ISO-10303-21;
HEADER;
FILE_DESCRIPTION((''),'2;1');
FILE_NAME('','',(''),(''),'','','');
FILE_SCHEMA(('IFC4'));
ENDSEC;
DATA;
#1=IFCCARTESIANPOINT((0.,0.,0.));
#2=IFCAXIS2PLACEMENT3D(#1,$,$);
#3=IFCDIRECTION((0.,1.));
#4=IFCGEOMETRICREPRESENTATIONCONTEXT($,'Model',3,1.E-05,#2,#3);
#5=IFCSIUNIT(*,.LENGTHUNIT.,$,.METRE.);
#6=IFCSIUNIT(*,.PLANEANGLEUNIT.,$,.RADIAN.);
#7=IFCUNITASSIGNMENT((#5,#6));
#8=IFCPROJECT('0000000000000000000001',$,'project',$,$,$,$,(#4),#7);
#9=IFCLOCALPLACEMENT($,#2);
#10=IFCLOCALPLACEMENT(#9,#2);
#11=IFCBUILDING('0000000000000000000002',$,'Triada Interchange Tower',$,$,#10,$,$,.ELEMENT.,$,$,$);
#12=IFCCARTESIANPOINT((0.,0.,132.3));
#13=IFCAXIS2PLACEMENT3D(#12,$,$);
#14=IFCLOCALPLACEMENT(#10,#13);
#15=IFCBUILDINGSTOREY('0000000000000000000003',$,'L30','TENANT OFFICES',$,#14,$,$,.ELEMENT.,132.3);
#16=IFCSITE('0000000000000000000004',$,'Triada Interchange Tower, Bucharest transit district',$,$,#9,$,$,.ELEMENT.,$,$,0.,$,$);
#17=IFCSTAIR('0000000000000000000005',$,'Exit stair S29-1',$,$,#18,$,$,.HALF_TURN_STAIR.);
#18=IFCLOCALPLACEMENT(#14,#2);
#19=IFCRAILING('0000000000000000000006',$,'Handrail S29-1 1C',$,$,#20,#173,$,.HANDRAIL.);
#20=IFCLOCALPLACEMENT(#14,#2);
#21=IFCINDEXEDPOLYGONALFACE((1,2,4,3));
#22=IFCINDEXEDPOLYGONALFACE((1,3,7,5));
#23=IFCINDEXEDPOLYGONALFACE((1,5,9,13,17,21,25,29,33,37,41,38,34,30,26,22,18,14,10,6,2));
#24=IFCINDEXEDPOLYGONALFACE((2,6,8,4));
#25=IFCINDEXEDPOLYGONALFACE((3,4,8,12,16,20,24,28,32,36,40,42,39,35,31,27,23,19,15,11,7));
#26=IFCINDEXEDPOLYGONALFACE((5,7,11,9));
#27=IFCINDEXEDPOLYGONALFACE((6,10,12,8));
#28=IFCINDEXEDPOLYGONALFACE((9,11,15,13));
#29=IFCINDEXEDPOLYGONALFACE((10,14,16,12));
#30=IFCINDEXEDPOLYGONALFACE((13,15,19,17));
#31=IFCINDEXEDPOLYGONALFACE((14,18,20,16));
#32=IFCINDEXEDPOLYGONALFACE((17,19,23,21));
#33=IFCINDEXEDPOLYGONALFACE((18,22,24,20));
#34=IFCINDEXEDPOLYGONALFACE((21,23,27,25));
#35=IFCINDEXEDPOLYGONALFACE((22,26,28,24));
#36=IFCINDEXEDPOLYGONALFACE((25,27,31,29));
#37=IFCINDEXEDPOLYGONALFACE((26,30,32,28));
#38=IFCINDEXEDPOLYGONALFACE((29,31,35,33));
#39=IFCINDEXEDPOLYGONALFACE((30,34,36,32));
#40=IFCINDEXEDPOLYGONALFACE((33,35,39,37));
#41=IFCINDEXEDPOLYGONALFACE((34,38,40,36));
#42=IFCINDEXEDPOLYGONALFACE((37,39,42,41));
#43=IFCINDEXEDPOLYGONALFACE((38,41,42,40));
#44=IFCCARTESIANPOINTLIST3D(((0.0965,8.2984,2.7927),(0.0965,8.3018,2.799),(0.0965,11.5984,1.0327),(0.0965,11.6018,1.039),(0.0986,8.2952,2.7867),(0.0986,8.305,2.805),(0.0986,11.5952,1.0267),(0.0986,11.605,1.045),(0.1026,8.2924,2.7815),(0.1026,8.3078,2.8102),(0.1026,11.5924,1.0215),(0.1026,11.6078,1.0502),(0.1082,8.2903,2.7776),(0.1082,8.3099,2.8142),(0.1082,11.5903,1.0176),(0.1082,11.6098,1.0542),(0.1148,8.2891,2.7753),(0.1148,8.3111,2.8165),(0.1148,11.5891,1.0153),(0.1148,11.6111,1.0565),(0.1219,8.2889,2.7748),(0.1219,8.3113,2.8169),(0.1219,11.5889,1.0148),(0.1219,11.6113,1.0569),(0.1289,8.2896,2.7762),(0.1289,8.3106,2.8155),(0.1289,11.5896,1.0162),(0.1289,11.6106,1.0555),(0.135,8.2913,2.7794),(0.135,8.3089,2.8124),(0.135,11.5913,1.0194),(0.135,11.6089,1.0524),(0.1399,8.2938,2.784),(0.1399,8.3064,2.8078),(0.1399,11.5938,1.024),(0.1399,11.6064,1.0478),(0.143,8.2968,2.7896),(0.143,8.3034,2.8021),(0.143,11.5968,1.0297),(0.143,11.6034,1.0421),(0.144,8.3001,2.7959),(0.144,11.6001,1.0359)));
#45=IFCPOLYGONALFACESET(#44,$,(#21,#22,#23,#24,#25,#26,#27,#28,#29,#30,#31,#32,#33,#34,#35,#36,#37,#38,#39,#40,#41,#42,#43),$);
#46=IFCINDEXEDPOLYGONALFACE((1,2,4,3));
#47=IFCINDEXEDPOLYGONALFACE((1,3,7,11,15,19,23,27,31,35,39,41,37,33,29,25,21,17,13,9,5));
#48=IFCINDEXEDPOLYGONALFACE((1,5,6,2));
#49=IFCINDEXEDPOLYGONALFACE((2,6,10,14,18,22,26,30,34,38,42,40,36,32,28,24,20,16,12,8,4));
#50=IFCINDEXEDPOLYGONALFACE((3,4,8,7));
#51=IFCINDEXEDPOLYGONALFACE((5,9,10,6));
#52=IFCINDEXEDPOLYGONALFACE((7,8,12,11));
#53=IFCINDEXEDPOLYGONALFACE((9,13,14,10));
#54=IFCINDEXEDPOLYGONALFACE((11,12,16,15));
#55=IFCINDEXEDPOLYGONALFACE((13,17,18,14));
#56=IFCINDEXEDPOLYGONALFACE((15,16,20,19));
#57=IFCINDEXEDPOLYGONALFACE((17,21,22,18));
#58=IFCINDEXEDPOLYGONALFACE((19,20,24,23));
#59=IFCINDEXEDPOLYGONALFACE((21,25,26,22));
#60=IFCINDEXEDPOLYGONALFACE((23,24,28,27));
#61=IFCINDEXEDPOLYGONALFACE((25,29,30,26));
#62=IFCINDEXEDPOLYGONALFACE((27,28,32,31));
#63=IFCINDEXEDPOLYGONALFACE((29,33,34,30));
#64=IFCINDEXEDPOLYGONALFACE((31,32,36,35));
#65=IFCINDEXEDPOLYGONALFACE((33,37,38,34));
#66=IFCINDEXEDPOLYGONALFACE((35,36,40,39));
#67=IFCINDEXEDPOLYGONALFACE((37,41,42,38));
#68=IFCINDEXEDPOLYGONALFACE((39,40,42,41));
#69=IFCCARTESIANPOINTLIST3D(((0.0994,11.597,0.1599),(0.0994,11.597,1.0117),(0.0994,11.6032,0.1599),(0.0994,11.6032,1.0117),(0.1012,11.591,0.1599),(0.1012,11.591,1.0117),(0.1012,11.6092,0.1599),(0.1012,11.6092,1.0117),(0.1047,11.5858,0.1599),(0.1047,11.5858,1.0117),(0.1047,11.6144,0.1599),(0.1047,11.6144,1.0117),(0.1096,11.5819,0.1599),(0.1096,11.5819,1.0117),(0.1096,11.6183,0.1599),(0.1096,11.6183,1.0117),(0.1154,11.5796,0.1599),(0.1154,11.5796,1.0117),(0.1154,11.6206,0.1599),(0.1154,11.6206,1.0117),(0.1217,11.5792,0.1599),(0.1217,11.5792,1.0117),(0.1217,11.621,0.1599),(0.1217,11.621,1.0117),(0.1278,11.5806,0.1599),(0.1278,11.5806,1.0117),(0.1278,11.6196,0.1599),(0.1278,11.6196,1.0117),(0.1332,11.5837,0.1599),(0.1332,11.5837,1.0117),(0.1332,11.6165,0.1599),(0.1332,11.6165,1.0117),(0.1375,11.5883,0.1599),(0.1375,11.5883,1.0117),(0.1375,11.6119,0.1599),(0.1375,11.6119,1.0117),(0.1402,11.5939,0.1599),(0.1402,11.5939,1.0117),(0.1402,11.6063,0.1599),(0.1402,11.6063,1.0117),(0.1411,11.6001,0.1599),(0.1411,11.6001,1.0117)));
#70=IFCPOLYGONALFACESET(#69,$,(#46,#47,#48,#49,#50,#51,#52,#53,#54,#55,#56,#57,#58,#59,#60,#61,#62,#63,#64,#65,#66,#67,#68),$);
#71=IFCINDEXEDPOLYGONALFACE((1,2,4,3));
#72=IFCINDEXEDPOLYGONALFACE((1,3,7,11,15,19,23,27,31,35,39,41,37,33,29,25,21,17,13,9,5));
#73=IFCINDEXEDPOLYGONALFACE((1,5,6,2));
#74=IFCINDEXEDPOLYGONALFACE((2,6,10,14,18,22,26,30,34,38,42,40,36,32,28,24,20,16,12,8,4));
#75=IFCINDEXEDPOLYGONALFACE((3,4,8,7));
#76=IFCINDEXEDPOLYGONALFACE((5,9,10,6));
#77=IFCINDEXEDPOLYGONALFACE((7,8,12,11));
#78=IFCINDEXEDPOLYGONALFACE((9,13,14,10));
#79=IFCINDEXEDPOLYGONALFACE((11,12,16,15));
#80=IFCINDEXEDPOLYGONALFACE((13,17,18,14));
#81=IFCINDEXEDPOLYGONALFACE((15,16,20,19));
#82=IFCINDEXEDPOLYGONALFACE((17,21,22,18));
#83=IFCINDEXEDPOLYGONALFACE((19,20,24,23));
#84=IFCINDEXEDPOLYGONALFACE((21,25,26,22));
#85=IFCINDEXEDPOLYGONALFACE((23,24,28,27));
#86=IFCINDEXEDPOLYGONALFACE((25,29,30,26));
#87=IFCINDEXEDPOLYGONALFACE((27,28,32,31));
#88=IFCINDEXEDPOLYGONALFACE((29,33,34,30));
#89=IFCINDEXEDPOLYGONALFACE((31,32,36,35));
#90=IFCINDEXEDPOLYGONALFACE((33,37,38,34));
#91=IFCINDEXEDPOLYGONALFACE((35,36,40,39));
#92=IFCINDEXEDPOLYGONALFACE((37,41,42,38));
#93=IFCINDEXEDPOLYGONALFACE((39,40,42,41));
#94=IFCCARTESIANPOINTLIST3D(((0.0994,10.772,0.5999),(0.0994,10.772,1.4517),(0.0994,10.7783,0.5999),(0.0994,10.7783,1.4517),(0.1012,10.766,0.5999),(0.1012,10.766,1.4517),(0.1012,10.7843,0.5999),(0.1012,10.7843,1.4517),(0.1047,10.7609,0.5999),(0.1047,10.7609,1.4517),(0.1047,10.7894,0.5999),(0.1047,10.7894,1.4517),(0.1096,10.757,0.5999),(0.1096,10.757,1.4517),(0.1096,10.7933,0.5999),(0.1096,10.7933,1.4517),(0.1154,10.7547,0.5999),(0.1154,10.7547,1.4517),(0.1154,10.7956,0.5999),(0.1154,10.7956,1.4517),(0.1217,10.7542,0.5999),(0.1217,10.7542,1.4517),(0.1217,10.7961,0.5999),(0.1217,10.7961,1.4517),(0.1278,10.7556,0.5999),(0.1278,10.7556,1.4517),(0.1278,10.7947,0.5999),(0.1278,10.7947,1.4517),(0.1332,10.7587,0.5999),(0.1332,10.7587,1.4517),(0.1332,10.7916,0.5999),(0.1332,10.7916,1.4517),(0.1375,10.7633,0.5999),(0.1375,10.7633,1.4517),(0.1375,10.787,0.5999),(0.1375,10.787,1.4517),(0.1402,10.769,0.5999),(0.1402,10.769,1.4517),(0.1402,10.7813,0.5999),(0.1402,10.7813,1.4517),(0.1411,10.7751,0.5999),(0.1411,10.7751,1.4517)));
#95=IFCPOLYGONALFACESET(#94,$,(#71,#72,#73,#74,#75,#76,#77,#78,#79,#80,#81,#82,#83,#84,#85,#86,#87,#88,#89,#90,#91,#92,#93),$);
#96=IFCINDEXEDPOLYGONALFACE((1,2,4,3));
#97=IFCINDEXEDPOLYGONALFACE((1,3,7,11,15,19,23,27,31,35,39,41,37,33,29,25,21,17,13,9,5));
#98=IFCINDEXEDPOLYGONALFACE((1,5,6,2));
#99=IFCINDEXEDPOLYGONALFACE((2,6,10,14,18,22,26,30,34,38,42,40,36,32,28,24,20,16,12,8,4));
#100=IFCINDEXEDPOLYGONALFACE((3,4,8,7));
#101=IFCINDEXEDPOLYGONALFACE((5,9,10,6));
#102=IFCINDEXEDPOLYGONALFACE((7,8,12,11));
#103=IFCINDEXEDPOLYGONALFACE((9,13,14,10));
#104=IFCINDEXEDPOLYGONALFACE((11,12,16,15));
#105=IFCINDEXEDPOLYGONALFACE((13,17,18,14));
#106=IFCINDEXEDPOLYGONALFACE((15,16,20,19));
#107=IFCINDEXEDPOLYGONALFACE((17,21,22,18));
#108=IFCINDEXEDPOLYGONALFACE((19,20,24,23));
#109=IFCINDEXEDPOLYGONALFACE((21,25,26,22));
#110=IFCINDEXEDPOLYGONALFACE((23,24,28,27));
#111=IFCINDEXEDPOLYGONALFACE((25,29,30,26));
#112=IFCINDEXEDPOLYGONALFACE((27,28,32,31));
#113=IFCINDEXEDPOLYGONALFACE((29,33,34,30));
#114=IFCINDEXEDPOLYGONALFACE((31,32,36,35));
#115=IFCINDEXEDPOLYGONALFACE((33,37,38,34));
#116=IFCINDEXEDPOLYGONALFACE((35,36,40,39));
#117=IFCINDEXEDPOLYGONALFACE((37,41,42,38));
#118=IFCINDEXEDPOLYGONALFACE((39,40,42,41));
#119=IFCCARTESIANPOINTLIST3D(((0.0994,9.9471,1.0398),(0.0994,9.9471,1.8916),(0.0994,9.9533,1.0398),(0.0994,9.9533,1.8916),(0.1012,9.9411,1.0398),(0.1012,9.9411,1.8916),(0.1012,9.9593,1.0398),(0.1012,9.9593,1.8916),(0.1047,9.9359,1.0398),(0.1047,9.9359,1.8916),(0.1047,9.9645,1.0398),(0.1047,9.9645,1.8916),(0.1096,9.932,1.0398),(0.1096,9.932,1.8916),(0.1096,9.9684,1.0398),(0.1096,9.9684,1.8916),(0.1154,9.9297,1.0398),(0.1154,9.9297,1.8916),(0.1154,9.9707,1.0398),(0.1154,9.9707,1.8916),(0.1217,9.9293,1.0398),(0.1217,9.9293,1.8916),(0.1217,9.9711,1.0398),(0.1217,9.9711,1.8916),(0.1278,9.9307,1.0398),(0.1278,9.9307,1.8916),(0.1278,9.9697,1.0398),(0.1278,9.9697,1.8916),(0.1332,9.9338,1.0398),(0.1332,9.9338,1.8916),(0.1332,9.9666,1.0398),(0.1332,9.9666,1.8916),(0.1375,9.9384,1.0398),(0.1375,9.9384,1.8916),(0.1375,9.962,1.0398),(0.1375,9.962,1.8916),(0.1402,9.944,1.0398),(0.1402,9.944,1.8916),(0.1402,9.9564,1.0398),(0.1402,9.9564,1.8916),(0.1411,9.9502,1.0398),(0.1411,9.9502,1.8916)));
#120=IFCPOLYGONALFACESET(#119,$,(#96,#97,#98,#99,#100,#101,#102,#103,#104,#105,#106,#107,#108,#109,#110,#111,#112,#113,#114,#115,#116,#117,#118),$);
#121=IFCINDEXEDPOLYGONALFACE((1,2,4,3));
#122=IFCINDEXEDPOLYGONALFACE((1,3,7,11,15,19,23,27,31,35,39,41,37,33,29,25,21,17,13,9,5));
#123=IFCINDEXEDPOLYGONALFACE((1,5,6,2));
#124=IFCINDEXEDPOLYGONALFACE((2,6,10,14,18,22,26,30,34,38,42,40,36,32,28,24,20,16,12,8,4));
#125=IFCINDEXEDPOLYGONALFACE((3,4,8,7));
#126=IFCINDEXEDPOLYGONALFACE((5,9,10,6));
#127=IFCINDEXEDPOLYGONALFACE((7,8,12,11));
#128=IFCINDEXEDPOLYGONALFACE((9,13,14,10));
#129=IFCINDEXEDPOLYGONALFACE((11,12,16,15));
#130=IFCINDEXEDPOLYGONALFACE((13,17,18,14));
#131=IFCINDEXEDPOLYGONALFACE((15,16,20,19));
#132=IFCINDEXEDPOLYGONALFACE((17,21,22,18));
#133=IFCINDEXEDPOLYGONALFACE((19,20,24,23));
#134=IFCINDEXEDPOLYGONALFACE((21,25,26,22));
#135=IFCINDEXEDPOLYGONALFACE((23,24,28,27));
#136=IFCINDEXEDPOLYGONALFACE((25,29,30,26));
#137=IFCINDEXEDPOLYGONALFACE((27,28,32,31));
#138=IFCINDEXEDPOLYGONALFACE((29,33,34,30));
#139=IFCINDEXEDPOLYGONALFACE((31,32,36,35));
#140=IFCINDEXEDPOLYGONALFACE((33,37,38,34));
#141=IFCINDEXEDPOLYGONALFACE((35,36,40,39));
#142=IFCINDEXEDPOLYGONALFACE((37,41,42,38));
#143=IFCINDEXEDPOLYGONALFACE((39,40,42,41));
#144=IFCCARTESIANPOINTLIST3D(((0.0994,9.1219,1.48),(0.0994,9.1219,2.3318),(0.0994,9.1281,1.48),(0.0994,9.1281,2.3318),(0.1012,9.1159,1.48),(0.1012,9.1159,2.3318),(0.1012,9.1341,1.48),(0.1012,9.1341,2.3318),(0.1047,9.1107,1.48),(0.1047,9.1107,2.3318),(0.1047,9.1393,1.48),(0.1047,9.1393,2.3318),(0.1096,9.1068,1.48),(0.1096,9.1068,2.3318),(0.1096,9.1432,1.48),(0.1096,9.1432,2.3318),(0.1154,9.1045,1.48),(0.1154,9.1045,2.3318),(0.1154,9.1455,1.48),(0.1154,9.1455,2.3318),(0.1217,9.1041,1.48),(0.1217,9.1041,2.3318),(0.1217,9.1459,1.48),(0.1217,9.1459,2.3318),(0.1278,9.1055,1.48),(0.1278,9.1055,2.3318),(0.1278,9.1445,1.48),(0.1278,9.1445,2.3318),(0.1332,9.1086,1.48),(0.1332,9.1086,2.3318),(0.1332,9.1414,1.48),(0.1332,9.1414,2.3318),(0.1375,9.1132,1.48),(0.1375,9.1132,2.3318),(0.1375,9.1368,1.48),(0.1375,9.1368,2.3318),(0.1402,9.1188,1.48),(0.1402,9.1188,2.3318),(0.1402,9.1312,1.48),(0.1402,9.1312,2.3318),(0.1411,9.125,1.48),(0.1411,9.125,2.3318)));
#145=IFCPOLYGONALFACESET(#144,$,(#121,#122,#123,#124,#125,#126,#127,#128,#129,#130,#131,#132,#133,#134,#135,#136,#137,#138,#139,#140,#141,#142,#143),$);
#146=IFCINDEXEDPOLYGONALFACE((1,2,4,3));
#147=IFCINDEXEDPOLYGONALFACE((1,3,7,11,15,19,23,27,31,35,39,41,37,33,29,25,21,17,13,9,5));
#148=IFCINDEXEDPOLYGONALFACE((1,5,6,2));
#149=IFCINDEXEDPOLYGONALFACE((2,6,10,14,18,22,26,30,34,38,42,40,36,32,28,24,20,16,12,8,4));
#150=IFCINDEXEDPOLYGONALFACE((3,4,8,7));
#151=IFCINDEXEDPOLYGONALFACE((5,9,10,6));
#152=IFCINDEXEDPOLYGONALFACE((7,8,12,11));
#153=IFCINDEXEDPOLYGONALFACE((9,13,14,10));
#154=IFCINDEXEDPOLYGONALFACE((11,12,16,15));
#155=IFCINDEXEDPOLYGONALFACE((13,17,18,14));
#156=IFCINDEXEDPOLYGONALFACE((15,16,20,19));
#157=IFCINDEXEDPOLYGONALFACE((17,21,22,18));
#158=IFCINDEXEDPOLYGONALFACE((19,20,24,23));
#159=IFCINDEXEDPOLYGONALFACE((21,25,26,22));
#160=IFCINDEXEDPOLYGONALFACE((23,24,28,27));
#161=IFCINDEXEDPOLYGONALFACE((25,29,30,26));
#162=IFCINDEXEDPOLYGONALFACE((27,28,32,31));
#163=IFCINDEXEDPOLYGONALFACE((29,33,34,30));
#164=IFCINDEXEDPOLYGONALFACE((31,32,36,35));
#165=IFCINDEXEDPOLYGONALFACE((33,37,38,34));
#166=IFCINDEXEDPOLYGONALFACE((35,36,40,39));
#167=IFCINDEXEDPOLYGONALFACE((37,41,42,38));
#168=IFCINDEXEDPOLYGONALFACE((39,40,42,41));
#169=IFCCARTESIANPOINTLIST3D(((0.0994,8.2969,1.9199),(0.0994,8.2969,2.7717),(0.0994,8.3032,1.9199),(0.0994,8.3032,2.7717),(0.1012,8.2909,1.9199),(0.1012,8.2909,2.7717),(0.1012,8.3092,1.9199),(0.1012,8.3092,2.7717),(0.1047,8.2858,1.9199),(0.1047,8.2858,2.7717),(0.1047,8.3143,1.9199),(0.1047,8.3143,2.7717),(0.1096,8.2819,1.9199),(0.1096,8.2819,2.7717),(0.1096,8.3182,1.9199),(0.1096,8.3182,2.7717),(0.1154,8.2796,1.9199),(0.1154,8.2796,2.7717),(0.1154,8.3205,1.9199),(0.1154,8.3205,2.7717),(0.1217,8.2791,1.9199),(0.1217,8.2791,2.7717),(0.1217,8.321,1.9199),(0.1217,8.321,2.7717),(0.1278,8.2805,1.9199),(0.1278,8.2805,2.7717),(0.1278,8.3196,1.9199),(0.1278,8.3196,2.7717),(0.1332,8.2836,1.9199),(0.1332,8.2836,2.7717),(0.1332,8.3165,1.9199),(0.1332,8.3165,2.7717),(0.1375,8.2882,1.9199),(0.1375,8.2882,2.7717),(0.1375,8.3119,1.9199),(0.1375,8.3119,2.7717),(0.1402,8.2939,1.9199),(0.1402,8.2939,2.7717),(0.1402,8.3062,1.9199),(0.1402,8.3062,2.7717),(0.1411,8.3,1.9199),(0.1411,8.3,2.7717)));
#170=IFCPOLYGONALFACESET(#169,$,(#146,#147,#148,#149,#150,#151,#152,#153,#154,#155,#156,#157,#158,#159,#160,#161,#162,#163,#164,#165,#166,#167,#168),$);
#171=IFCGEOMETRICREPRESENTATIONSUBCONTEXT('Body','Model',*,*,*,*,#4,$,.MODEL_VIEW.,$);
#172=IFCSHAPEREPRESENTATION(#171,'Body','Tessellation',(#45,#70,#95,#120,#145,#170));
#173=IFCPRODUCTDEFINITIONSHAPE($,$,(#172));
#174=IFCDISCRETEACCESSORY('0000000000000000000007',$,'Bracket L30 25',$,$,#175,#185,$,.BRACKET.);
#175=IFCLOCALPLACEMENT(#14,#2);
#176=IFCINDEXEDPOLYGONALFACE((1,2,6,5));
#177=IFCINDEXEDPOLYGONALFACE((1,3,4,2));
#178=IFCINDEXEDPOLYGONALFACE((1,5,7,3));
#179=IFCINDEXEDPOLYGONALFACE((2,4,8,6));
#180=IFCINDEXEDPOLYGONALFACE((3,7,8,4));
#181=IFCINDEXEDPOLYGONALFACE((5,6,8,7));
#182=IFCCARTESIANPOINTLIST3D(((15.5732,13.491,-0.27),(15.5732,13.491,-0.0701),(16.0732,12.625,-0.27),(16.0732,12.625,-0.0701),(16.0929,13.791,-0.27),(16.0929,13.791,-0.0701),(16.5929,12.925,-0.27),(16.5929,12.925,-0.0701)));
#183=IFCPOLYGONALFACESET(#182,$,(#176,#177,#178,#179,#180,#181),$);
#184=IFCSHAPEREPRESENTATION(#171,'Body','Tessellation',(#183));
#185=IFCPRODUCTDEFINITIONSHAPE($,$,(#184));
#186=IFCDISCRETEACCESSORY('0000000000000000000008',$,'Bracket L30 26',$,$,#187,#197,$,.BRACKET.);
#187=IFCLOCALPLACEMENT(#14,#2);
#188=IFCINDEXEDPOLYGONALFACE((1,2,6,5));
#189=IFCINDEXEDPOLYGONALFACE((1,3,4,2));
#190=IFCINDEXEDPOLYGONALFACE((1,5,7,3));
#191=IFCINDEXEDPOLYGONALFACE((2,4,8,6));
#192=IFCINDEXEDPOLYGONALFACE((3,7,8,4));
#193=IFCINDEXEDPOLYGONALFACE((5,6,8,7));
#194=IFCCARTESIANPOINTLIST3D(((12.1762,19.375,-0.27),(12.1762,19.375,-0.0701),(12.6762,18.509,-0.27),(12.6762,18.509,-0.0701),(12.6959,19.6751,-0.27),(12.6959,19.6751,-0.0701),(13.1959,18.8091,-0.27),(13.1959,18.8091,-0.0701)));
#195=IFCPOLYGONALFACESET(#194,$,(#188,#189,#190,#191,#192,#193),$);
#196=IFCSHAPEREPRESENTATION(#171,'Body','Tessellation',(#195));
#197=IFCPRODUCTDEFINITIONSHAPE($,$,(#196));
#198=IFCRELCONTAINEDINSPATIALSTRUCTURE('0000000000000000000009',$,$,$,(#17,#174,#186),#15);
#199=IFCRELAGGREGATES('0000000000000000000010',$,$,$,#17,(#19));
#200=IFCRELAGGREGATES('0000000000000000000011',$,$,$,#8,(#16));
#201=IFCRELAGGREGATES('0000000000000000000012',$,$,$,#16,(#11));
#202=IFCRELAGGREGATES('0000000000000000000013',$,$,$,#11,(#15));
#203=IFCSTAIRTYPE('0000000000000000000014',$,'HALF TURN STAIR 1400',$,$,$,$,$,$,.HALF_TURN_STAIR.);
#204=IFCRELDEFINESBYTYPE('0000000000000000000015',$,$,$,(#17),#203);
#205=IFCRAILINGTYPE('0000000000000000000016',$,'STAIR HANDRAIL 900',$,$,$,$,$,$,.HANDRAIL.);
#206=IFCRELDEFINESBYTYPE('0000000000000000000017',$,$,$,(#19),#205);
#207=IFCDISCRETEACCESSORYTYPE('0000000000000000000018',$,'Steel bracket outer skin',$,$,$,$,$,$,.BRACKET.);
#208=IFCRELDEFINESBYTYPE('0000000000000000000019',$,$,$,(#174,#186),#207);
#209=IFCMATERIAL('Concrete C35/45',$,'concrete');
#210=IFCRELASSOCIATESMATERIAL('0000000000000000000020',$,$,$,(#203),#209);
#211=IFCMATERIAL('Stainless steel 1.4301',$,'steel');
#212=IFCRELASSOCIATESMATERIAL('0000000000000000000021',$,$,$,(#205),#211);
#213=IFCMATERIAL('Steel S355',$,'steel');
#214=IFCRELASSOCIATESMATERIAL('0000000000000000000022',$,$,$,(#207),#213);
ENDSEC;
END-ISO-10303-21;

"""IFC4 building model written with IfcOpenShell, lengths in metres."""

from ifc_helpers import new_model, si_unit, direction, frame, origin, origin_2d, place, context, subcontext, project, spatial, rectangle, circle, extrude, material, type_object, element, aggregate, save


model = new_model("IFC4")

# Units and contexts
model_context = context("Model", 3, precision=1e-05, world=origin(), true_north=direction((0.0, 1.0)))
body_context = subcontext(model_context, "Body", "Model", "MODEL_VIEW")
ifc_project = project(units=[si_unit("LENGTHUNIT", "METRE"), si_unit("PLANEANGLEUNIT", "RADIAN")], contexts=[model_context])

# Site, building, storey
site_placement = place(None, origin())
site = spatial("IfcSite", under=ifc_project, at=site_placement, Name="Triada Interchange Tower, Bucharest transit district", CompositionType="ELEMENT", RefElevation=0.0)
building_placement = place(site_placement, origin())
building = spatial("IfcBuilding", under=site, at=building_placement, Name="Triada Interchange Tower", CompositionType="ELEMENT")
storey_placement = place(building_placement, frame((0.0, 0.0, 132.3)))
storey = spatial("IfcBuildingStorey", under=building, at=storey_placement, Name="L30", Description="TENANT OFFICES", CompositionType="ELEMENT", Elevation=132.3)

# Stair
ifc_material_1 = material(Name="Concrete C35/45", Category="concrete")
stair_type = type_object("IfcStairType", Name="HALF TURN STAIR 1400", PredefinedType="HALF_TURN_STAIR", material=ifc_material_1)
stair_placement = place(storey_placement, origin())
stair = element("IfcStair", 1, at=stair_placement, inside=storey, type_object=stair_type, Name="Exit stair S29-1", PredefinedType="HALF_TURN_STAIR")

# Railing
ifc_material_2 = material(Name="Stainless steel 1.4301", Category="steel")
railing_type = type_object("IfcRailingType", Name="STAIR HANDRAIL 900", PredefinedType="HANDRAIL", material=ifc_material_2)
railing_1_placement = place(storey_placement, frame((0.1201, 11.6001, 0.1599)))
railing_1 = element("IfcRailing", 2, at=railing_1_placement, type_object=railing_type, Name="Handrail S29-1 1C", PredefinedType="HANDRAIL", context=body_context, shape_type="SweptSolid", body=[
    extrude(circle(Radius=0.0239, at=origin_2d()), frame((0.0, 0.0, 0.876), z_axis=(0.0, -0.882355, 0.470585), x_axis=(1.0, 0.0, 0.0)), (0.0, 0.0, 1.0), 3.74),
    extrude(circle(Radius=0.021, at=origin_2d()), origin(), (0.0, 0.0, 1.0), 0.8518),
    extrude(circle(Radius=0.021, at=origin_2d()), frame((0.0, -0.825, 0.4399)), (0.0, 0.0, 1.0), 0.8518),
    extrude(circle(Radius=0.021, at=origin_2d()), frame((0.0, -1.6499, 0.8799)), (0.0, 0.0, 1.0), 0.8518),
    extrude(circle(Radius=0.021, at=origin_2d()), frame((0.0, -2.4751, 1.3201)), (0.0, 0.0, 1.0), 0.8518),
    extrude(circle(Radius=0.021, at=origin_2d()), frame((0.0, -3.3, 1.76)), (0.0, 0.0, 1.0), 0.8518),
])
aggregate(stair, [railing_1])

# Discrete accessories
ifc_material_3 = material(Name="Steel S355", Category="steel")
discrete_accessory_type = type_object("IfcDiscreteAccessoryType", Name="Steel bracket outer skin", PredefinedType="BRACKET", material=ifc_material_3)
for number, where, z_axis, x_axis, name in (
    (3, (16.083, 13.208, -0.27), (0.0, 0.0, 1.0), (0.866023, 0.500004, 0.0), "Bracket L30 25"),
    (4, (12.686, 19.092, -0.27), (0.0, 0.0, 1.0), (0.866023, 0.500004, 0.0), "Bracket L30 26"),
):
    element("IfcDiscreteAccessory", number, at=place(storey_placement, frame(where, z_axis=z_axis, x_axis=x_axis)), inside=storey, type_object=discrete_accessory_type, Name=name, PredefinedType="BRACKET", context=body_context, shape_type="SweptSolid", body=[
        extrude(rectangle(XDim=0.6001, YDim=1.0, at=origin_2d()), origin(), (0.0, 0.0, 1.0), 0.2),
    ])

save(model, "model.ifc")
